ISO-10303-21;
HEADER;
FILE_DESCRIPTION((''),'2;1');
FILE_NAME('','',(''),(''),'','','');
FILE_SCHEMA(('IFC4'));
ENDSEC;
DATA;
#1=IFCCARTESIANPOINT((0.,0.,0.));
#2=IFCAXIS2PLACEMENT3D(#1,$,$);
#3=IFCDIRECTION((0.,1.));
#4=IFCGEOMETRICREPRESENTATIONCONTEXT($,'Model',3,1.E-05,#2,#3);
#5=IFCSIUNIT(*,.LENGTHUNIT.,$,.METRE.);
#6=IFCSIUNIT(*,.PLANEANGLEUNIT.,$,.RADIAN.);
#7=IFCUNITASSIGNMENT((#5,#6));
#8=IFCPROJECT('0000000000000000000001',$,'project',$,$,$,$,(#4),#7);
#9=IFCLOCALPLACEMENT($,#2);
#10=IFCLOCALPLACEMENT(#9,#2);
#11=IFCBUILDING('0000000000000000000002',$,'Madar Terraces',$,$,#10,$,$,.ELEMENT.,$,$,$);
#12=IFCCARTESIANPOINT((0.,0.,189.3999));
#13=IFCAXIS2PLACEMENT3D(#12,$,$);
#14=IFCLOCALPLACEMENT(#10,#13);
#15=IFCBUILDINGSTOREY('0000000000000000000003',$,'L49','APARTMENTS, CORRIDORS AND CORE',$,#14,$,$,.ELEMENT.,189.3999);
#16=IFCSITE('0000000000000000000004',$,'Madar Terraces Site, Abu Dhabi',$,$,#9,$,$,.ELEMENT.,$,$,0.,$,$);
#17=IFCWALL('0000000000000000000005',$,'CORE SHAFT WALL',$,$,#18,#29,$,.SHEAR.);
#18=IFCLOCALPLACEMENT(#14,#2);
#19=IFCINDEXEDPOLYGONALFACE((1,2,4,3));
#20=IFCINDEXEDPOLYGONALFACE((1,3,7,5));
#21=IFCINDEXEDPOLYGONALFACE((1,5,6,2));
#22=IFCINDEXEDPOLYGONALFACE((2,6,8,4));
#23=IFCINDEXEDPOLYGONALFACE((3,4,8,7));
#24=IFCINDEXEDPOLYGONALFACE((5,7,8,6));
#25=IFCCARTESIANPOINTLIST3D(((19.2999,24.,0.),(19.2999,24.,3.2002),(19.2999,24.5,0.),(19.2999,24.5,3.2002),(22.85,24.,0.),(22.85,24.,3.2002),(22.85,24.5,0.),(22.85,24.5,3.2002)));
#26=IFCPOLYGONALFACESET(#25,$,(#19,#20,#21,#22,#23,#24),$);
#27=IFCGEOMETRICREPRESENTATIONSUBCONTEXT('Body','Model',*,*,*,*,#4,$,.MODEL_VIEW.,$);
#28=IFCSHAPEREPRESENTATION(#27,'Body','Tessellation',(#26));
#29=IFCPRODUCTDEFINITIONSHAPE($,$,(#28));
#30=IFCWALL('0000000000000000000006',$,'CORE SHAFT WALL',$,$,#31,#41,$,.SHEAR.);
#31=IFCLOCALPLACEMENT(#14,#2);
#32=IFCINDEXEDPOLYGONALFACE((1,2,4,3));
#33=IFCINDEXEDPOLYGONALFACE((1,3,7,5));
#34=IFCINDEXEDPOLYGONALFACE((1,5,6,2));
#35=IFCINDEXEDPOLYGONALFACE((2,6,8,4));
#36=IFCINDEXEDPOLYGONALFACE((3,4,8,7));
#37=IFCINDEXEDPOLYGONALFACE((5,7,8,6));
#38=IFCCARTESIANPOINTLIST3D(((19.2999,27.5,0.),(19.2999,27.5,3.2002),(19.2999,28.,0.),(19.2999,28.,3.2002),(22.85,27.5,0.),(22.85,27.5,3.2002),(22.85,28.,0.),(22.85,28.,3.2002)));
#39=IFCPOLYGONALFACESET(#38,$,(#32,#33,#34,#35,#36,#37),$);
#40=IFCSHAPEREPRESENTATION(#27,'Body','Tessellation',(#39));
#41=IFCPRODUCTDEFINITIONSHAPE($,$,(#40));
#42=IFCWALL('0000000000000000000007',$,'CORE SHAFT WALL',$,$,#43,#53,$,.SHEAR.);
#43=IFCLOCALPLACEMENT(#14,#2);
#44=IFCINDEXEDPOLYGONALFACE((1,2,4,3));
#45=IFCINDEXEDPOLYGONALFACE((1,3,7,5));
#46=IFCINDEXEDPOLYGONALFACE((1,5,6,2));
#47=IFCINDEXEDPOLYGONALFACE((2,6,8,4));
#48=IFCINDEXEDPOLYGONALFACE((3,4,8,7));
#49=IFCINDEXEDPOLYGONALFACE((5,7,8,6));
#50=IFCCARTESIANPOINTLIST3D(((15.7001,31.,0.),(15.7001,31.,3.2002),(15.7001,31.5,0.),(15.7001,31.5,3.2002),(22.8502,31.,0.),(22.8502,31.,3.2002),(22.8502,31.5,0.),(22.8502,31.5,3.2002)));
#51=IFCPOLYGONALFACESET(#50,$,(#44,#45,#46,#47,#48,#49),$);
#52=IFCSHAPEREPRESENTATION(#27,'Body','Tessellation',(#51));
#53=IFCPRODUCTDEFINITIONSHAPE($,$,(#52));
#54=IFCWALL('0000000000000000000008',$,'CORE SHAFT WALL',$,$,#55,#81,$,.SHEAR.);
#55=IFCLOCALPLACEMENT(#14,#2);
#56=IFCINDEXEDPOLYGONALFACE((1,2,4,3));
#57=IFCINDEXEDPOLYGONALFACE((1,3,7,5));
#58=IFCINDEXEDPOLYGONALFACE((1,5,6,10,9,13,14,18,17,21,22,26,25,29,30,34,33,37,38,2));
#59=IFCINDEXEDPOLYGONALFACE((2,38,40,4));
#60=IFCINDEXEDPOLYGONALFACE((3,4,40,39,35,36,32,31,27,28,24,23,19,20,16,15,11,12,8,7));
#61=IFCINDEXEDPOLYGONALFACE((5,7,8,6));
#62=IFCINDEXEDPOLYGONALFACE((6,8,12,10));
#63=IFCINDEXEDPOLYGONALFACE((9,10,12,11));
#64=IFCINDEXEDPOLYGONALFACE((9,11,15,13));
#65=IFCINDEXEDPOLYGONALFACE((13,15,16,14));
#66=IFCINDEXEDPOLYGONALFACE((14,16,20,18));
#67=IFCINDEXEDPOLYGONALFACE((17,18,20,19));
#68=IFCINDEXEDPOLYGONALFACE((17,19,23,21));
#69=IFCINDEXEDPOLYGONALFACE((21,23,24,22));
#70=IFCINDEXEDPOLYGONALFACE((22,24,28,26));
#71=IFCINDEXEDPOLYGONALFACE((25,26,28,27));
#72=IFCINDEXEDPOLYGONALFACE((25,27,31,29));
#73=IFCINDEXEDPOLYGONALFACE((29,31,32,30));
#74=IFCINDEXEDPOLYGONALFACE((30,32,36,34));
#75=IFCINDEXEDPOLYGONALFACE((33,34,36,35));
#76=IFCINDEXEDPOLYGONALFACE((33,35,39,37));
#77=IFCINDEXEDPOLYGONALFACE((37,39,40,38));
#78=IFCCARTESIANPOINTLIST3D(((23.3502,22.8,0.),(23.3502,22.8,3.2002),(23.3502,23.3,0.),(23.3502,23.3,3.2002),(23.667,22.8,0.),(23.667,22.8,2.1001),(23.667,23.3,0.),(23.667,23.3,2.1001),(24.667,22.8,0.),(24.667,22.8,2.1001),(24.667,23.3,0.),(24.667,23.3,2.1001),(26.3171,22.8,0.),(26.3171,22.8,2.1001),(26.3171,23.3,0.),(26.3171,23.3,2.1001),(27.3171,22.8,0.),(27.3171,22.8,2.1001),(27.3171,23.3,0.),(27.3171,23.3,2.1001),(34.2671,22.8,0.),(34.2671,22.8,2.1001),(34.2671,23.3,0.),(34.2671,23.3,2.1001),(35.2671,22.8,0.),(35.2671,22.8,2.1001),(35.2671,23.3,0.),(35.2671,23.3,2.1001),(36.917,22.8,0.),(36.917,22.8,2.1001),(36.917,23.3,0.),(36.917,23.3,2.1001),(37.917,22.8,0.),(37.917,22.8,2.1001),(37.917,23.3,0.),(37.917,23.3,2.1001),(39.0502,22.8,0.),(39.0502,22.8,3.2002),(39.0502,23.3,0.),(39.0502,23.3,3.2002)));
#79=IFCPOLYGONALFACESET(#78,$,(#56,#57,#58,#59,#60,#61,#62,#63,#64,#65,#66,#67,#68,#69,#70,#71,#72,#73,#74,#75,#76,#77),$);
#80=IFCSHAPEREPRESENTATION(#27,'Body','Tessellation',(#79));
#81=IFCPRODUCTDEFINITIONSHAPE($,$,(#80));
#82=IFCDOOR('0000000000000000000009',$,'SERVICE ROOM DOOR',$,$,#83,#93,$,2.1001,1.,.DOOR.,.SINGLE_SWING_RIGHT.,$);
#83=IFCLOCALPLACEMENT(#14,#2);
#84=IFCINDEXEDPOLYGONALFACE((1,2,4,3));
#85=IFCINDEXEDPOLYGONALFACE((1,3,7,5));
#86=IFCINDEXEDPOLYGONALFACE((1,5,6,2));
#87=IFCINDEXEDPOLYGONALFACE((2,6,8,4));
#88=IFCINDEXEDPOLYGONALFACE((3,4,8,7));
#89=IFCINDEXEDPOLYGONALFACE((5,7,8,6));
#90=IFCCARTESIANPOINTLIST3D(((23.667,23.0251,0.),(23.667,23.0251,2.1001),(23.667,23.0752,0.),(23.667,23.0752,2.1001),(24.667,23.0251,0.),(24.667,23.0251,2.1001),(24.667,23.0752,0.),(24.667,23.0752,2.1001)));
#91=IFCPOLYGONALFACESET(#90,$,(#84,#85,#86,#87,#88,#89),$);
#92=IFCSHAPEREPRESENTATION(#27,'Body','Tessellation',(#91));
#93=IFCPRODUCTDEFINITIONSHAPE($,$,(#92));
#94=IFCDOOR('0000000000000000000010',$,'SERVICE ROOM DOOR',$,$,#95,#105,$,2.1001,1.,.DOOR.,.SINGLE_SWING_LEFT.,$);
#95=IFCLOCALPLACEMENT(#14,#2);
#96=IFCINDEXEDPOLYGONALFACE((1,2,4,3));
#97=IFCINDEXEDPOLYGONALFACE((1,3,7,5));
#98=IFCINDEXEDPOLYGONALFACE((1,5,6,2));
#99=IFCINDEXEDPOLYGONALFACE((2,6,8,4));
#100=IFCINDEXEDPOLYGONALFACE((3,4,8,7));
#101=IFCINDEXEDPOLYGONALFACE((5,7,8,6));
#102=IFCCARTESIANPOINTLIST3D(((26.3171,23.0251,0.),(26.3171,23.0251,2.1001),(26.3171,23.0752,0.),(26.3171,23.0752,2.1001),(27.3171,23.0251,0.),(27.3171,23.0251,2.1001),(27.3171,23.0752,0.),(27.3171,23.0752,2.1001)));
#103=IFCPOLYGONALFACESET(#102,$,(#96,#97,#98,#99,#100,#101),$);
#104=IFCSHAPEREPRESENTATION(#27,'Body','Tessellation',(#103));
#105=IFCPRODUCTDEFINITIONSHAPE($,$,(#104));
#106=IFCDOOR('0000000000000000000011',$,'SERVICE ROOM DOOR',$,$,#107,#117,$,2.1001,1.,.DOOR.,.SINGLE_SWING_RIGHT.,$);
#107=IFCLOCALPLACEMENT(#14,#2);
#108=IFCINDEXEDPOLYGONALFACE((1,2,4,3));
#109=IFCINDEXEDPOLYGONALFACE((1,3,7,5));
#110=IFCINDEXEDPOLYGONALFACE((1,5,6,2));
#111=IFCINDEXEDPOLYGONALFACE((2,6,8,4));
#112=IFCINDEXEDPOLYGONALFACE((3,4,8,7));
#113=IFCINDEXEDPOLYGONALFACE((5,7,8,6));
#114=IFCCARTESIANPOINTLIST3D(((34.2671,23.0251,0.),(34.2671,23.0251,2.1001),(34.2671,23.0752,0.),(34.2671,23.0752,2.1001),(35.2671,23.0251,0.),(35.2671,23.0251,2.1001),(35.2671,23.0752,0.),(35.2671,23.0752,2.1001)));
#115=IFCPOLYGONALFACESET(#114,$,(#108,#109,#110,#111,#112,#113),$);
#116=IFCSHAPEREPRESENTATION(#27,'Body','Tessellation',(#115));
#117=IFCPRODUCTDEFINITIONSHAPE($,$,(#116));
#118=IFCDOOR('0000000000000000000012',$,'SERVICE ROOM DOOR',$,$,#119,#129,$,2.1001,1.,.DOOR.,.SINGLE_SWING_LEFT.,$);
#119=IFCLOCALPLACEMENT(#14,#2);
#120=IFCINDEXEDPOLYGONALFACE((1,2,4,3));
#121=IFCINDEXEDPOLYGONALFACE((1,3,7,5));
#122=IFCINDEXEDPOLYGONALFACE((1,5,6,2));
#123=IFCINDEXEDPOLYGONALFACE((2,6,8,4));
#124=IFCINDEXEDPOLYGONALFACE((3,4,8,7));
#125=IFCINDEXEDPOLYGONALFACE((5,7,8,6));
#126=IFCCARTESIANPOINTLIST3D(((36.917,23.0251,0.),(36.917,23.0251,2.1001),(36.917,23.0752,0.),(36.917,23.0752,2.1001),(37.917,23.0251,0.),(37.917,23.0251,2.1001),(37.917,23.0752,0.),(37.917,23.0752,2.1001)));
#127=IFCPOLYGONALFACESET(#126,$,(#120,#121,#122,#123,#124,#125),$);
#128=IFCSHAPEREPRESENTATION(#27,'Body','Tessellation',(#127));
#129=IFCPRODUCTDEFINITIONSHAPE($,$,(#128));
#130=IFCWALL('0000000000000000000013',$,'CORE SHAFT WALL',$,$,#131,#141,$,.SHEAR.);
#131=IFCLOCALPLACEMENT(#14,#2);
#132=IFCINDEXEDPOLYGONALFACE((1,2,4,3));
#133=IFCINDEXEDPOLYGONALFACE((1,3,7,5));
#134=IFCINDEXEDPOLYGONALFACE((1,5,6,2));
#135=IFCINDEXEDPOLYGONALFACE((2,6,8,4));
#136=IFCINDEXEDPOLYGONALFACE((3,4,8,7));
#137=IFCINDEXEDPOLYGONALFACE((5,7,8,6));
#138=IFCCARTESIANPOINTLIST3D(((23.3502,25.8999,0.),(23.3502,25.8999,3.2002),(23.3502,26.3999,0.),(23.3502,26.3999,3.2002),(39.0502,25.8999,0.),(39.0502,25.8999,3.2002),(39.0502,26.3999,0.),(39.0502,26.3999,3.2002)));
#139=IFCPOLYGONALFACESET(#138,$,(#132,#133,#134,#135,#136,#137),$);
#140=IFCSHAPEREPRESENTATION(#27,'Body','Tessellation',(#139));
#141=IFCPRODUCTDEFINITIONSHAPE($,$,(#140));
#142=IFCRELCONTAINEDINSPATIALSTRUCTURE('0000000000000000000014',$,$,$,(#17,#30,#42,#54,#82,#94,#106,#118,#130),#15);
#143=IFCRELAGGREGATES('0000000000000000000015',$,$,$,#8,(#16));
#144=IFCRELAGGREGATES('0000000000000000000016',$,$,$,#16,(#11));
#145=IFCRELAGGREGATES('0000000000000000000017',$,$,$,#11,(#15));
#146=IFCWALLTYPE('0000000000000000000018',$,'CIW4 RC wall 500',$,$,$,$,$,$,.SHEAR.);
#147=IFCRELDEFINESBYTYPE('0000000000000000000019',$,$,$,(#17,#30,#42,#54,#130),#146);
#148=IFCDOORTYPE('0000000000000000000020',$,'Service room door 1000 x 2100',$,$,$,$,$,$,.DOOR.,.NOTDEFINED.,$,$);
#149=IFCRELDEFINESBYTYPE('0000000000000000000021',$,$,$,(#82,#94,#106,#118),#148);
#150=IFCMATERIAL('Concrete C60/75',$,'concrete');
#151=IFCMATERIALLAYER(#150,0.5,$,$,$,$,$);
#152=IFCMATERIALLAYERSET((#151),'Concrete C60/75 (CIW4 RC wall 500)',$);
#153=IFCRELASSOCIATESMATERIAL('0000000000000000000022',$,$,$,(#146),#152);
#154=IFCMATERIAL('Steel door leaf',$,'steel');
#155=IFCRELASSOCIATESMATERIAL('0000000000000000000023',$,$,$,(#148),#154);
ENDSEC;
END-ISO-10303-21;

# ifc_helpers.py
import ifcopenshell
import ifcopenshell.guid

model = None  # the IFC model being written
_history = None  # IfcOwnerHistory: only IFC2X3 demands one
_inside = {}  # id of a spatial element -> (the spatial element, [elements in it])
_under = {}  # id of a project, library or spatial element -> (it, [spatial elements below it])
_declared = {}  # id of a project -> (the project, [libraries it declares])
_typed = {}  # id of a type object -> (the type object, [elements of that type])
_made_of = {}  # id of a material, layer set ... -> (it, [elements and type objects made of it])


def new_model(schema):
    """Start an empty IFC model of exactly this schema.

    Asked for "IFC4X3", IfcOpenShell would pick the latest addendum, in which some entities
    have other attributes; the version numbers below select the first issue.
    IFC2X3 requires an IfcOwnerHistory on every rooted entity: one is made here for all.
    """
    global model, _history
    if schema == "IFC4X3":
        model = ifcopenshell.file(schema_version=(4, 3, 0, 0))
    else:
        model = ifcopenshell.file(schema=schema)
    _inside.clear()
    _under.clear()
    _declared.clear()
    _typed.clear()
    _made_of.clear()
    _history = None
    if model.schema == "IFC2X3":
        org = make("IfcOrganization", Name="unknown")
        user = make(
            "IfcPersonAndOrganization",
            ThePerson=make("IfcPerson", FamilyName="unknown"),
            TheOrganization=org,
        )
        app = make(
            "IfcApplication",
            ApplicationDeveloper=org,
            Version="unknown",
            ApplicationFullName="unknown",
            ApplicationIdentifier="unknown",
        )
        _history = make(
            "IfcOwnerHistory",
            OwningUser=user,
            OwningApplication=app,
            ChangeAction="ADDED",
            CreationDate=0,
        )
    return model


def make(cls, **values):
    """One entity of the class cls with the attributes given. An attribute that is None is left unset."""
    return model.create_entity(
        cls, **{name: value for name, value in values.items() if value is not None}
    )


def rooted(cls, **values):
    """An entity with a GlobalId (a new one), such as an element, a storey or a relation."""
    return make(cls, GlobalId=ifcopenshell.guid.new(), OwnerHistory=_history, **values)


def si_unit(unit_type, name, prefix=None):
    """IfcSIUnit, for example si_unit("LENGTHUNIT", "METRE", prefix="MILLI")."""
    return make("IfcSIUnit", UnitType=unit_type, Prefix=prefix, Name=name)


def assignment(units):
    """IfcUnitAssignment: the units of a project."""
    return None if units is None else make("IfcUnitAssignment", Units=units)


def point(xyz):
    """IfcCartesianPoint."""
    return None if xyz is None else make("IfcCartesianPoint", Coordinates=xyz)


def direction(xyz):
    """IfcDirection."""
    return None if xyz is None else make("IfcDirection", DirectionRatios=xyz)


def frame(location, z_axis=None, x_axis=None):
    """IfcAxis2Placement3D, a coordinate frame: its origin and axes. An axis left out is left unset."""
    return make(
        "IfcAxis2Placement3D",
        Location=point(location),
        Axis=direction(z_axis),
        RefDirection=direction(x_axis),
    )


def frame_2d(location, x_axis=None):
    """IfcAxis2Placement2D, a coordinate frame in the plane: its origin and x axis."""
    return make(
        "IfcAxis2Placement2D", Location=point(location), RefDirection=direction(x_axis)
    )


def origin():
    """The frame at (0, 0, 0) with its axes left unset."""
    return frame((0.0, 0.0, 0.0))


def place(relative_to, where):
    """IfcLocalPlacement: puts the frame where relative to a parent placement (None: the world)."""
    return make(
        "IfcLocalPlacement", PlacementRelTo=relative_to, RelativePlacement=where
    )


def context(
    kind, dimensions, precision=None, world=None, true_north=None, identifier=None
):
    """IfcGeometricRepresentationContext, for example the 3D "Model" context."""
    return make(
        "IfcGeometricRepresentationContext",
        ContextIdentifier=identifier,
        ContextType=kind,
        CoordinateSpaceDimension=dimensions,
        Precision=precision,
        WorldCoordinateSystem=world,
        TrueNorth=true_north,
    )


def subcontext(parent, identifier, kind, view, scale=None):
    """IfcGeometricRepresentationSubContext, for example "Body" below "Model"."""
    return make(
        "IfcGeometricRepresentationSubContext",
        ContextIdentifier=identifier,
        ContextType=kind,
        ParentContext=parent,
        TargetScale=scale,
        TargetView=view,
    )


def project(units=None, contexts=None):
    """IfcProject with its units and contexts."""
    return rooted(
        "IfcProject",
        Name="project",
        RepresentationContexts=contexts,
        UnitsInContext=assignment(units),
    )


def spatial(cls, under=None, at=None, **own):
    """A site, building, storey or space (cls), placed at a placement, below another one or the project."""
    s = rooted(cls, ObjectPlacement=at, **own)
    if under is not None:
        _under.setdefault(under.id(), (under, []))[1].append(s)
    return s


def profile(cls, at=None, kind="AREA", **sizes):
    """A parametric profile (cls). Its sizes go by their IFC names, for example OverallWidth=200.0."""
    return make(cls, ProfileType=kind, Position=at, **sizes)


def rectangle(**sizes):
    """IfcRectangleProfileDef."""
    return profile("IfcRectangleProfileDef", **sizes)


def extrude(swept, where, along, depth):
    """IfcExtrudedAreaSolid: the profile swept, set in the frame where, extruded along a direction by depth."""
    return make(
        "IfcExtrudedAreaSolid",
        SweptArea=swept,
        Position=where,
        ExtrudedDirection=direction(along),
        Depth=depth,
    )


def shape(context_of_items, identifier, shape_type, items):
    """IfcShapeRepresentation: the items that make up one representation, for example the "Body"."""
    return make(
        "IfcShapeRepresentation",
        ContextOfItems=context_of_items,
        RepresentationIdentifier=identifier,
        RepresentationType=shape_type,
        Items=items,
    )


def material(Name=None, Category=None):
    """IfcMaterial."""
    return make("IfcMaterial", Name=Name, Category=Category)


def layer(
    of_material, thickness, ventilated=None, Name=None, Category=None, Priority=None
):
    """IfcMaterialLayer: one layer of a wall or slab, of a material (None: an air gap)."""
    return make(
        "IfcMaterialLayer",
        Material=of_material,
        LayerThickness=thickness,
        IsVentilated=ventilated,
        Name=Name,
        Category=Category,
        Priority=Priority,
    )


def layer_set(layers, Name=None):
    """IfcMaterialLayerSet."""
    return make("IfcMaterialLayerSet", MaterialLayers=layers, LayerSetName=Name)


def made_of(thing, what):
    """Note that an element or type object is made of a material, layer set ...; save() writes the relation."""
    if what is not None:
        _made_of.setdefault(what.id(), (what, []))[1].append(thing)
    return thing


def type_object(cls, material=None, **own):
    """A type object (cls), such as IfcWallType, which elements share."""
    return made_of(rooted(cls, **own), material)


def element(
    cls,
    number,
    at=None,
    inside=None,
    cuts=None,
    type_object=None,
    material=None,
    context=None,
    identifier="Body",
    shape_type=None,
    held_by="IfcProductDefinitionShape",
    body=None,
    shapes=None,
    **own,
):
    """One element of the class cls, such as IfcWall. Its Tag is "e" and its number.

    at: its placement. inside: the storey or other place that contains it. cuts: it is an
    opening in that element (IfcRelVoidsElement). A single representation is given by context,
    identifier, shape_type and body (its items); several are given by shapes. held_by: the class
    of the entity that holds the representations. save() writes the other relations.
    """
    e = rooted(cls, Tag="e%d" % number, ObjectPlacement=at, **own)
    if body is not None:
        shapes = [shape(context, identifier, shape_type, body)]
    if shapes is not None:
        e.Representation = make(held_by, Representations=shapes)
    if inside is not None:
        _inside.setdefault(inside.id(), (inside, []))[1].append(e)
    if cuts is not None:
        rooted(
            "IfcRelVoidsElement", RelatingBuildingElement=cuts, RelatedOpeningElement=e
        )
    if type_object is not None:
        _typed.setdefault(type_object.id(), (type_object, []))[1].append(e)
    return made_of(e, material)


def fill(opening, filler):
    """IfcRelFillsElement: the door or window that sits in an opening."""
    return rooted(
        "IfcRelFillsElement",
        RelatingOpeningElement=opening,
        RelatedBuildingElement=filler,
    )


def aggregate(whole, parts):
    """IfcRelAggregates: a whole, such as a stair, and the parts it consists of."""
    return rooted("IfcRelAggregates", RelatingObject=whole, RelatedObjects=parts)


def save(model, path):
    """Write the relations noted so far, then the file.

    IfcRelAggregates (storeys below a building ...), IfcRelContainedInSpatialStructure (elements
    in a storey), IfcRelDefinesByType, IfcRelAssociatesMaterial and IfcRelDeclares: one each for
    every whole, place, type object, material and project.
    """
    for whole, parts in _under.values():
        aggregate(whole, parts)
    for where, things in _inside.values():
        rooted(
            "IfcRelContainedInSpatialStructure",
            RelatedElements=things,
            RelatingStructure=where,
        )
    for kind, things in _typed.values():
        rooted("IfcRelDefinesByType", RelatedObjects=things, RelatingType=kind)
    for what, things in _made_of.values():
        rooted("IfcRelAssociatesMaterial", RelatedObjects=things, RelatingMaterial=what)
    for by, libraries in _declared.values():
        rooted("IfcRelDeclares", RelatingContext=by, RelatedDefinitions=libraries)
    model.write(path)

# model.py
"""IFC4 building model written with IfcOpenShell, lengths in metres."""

from ifc_helpers import new_model, si_unit, direction, frame, frame_2d, origin, place, context, subcontext, project, spatial, rectangle, extrude, material, layer, layer_set, type_object, element, fill, save


model = new_model("IFC4")

# Units and contexts
model_context = context("Model", 3, precision=1e-05, world=origin(), true_north=direction((0.0, 1.0)))
body_context = subcontext(model_context, "Body", "Model", "MODEL_VIEW")
ifc_project = project(units=[si_unit("LENGTHUNIT", "METRE"), si_unit("PLANEANGLEUNIT", "RADIAN")], contexts=[model_context])

# Site, building, storey
site_placement = place(None, origin())
site = spatial("IfcSite", under=ifc_project, at=site_placement, Name="Madar Terraces Site, Abu Dhabi", CompositionType="ELEMENT", RefElevation=0.0)
building_placement = place(site_placement, origin())
building = spatial("IfcBuilding", under=site, at=building_placement, Name="Madar Terraces", CompositionType="ELEMENT")
storey_placement = place(building_placement, frame((0.0, 0.0, 189.3999)))
storey = spatial("IfcBuildingStorey", under=building, at=storey_placement, Name="L49", Description="APARTMENTS, CORRIDORS AND CORE", CompositionType="ELEMENT", Elevation=189.3999)

# Walls
ifc_material_1 = material(Name="Concrete C60/75", Category="concrete")
ifc_layer_1 = layer(ifc_material_1, 0.5)
ifc_layer_set_1 = layer_set([ifc_layer_1], Name="Concrete C60/75 (CIW4 RC wall 500)")
wall_type_1 = type_object("IfcWallType", Name="CIW4 RC wall 500", PredefinedType="SHEAR", material=ifc_layer_set_1)
for number, where, z_axis, x_axis, name in (
    (1, (19.3, 24.25, 0.0), (0.0, 0.0, 1.0), (1.0, 0.0, 0.0), "CORE SHAFT WALL"),
    (2, (19.3, 27.75, 0.0), (0.0, 0.0, 1.0), (1.0, 0.0, 0.0), "CORE SHAFT WALL"),
):
    element("IfcWall", number, at=place(storey_placement, frame(where, z_axis=z_axis, x_axis=x_axis)), inside=storey, type_object=wall_type_1, Name=name, PredefinedType="SHEAR", context=body_context, shape_type="SweptSolid", body=[
        extrude(rectangle(XDim=3.55, YDim=0.5, at=frame_2d((1.7749, 0.0))), origin(), (0.0, 0.0, 1.0), 3.2002),
    ])
wall_1_placement = place(storey_placement, frame((15.7, 31.25, 0.0), z_axis=(0.0, 0.0, 1.0), x_axis=(1.0, 0.0, 0.0)))
element("IfcWall", 3, at=wall_1_placement, inside=storey, type_object=wall_type_1, Name="CORE SHAFT WALL", PredefinedType="SHEAR", context=body_context, shape_type="SweptSolid", body=[
    extrude(rectangle(XDim=7.1501, YDim=0.5, at=frame_2d((3.5752, 0.0))), origin(), (0.0, 0.0, 1.0), 3.2002),
])

# Wall, openings, doors
wall_2_placement = place(storey_placement, frame((23.3501, 23.05, 0.0), z_axis=(0.0, 0.0, 1.0), x_axis=(1.0, 0.0, 0.0)))
wall_2 = element("IfcWall", 4, at=wall_2_placement, inside=storey, type_object=wall_type_1, Name="CORE SHAFT WALL", PredefinedType="SHEAR", context=body_context, shape_type="SweptSolid", body=[
    extrude(rectangle(XDim=15.7, YDim=0.5, at=frame_2d((7.8501, 0.0))), origin(), (0.0, 0.0, 1.0), 3.2002),
])
opening_1_placement = place(wall_2_placement, frame((0.3169, 0.0, 0.0)))
opening_1 = element("IfcOpeningElement", 5, at=opening_1_placement, cuts=wall_2, PredefinedType="OPENING", context=body_context, shape_type="SweptSolid", body=[
    extrude(rectangle(XDim=1.0, YDim=2.1001, at=frame_2d((0.5, 1.05))), frame((0.0, 0.26, 0.0), z_axis=(0.0, -1.0, 0.0), x_axis=(1.0, 0.0, 0.0)), (0.0, 0.0, 1.0), 0.52),
])
opening_2_placement = place(wall_2_placement, frame((2.967, 0.0, 0.0)))
opening_2 = element("IfcOpeningElement", 6, at=opening_2_placement, cuts=wall_2, PredefinedType="OPENING", context=body_context, shape_type="SweptSolid", body=[
    extrude(rectangle(XDim=1.0, YDim=2.1001, at=frame_2d((0.5, 1.05))), frame((0.0, 0.26, 0.0), z_axis=(0.0, -1.0, 0.0), x_axis=(1.0, 0.0, 0.0)), (0.0, 0.0, 1.0), 0.52),
])
opening_3_placement = place(wall_2_placement, frame((10.917, 0.0, 0.0)))
opening_3 = element("IfcOpeningElement", 7, at=opening_3_placement, cuts=wall_2, PredefinedType="OPENING", context=body_context, shape_type="SweptSolid", body=[
    extrude(rectangle(XDim=1.0, YDim=2.1001, at=frame_2d((0.5, 1.05))), frame((0.0, 0.26, 0.0), z_axis=(0.0, -1.0, 0.0), x_axis=(1.0, 0.0, 0.0)), (0.0, 0.0, 1.0), 0.52),
])
opening_4_placement = place(wall_2_placement, frame((13.5669, 0.0, 0.0)))
opening_4 = element("IfcOpeningElement", 8, at=opening_4_placement, cuts=wall_2, PredefinedType="OPENING", context=body_context, shape_type="SweptSolid", body=[
    extrude(rectangle(XDim=1.0, YDim=2.1001, at=frame_2d((0.5, 1.05))), frame((0.0, 0.26, 0.0), z_axis=(0.0, -1.0, 0.0), x_axis=(1.0, 0.0, 0.0)), (0.0, 0.0, 1.0), 0.52),
])
ifc_material_2 = material(Name="Steel door leaf", Category="steel")
door_type_1 = type_object("IfcDoorType", Name="Service room door 1000 x 2100", OperationType="NOTDEFINED", PredefinedType="DOOR", material=ifc_material_2)
door_1_placement = place(opening_1_placement, frame((1.0, 0.0, 0.0), z_axis=(0.0, 0.0, 1.0), x_axis=(-1.0, 0.0, 0.0)))
door_1 = element("IfcDoor", 9, at=door_1_placement, inside=storey, type_object=door_type_1, Name="SERVICE ROOM DOOR", OperationType="SINGLE_SWING_RIGHT", OverallHeight=2.1001, OverallWidth=1.0, PredefinedType="DOOR", context=body_context, shape_type="SweptSolid", body=[
    extrude(rectangle(XDim=1.0, YDim=2.1001, at=frame_2d((0.5, 1.05))), frame((0.0, 0.0249, 0.0), z_axis=(0.0, -1.0, 0.0), x_axis=(1.0, 0.0, 0.0)), (0.0, 0.0, 1.0), 0.05),
])
fill(opening_1, door_1)
door_2_placement = place(opening_2_placement, frame((1.0, 0.0, 0.0), z_axis=(0.0, 0.0, 1.0), x_axis=(-1.0, 0.0, 0.0)))
door_2 = element("IfcDoor", 10, at=door_2_placement, inside=storey, type_object=door_type_1, Name="SERVICE ROOM DOOR", OperationType="SINGLE_SWING_LEFT", OverallHeight=2.1001, OverallWidth=1.0, PredefinedType="DOOR", context=body_context, shape_type="SweptSolid", body=[
    extrude(rectangle(XDim=1.0, YDim=2.1001, at=frame_2d((0.5, 1.05))), frame((0.0, 0.0249, 0.0), z_axis=(0.0, -1.0, 0.0), x_axis=(1.0, 0.0, 0.0)), (0.0, 0.0, 1.0), 0.05),
])
fill(opening_2, door_2)
door_3_placement = place(opening_3_placement, frame((1.0, 0.0, 0.0), z_axis=(0.0, 0.0, 1.0), x_axis=(-1.0, 0.0, 0.0)))
door_3 = element("IfcDoor", 11, at=door_3_placement, inside=storey, type_object=door_type_1, Name="SERVICE ROOM DOOR", OperationType="SINGLE_SWING_RIGHT", OverallHeight=2.1001, OverallWidth=1.0, PredefinedType="DOOR", context=body_context, shape_type="SweptSolid", body=[
    extrude(rectangle(XDim=1.0, YDim=2.1001, at=frame_2d((0.5, 1.05))), frame((0.0, 0.0249, 0.0), z_axis=(0.0, -1.0, 0.0), x_axis=(1.0, 0.0, 0.0)), (0.0, 0.0, 1.0), 0.05),
])
fill(opening_3, door_3)
door_4_placement = place(opening_4_placement, frame((1.0, 0.0, 0.0), z_axis=(0.0, 0.0, 1.0), x_axis=(-1.0, 0.0, 0.0)))
door_4 = element("IfcDoor", 12, at=door_4_placement, inside=storey, type_object=door_type_1, Name="SERVICE ROOM DOOR", OperationType="SINGLE_SWING_LEFT", OverallHeight=2.1001, OverallWidth=1.0, PredefinedType="DOOR", context=body_context, shape_type="SweptSolid", body=[
    extrude(rectangle(XDim=1.0, YDim=2.1001, at=frame_2d((0.5, 1.05))), frame((0.0, 0.0249, 0.0), z_axis=(0.0, -1.0, 0.0), x_axis=(1.0, 0.0, 0.0)), (0.0, 0.0, 1.0), 0.05),
])
fill(opening_4, door_4)

# Wall
wall_3_placement = place(storey_placement, frame((23.3501, 26.1499, 0.0), z_axis=(0.0, 0.0, 1.0), x_axis=(1.0, 0.0, 0.0)))
element("IfcWall", 13, at=wall_3_placement, inside=storey, type_object=wall_type_1, Name="CORE SHAFT WALL", PredefinedType="SHEAR", context=body_context, shape_type="SweptSolid", body=[
    extrude(rectangle(XDim=15.7, YDim=0.5, at=frame_2d((7.8501, 0.0))), origin(), (0.0, 0.0, 1.0), 3.2002),
])

save(model, "model.ifc")
